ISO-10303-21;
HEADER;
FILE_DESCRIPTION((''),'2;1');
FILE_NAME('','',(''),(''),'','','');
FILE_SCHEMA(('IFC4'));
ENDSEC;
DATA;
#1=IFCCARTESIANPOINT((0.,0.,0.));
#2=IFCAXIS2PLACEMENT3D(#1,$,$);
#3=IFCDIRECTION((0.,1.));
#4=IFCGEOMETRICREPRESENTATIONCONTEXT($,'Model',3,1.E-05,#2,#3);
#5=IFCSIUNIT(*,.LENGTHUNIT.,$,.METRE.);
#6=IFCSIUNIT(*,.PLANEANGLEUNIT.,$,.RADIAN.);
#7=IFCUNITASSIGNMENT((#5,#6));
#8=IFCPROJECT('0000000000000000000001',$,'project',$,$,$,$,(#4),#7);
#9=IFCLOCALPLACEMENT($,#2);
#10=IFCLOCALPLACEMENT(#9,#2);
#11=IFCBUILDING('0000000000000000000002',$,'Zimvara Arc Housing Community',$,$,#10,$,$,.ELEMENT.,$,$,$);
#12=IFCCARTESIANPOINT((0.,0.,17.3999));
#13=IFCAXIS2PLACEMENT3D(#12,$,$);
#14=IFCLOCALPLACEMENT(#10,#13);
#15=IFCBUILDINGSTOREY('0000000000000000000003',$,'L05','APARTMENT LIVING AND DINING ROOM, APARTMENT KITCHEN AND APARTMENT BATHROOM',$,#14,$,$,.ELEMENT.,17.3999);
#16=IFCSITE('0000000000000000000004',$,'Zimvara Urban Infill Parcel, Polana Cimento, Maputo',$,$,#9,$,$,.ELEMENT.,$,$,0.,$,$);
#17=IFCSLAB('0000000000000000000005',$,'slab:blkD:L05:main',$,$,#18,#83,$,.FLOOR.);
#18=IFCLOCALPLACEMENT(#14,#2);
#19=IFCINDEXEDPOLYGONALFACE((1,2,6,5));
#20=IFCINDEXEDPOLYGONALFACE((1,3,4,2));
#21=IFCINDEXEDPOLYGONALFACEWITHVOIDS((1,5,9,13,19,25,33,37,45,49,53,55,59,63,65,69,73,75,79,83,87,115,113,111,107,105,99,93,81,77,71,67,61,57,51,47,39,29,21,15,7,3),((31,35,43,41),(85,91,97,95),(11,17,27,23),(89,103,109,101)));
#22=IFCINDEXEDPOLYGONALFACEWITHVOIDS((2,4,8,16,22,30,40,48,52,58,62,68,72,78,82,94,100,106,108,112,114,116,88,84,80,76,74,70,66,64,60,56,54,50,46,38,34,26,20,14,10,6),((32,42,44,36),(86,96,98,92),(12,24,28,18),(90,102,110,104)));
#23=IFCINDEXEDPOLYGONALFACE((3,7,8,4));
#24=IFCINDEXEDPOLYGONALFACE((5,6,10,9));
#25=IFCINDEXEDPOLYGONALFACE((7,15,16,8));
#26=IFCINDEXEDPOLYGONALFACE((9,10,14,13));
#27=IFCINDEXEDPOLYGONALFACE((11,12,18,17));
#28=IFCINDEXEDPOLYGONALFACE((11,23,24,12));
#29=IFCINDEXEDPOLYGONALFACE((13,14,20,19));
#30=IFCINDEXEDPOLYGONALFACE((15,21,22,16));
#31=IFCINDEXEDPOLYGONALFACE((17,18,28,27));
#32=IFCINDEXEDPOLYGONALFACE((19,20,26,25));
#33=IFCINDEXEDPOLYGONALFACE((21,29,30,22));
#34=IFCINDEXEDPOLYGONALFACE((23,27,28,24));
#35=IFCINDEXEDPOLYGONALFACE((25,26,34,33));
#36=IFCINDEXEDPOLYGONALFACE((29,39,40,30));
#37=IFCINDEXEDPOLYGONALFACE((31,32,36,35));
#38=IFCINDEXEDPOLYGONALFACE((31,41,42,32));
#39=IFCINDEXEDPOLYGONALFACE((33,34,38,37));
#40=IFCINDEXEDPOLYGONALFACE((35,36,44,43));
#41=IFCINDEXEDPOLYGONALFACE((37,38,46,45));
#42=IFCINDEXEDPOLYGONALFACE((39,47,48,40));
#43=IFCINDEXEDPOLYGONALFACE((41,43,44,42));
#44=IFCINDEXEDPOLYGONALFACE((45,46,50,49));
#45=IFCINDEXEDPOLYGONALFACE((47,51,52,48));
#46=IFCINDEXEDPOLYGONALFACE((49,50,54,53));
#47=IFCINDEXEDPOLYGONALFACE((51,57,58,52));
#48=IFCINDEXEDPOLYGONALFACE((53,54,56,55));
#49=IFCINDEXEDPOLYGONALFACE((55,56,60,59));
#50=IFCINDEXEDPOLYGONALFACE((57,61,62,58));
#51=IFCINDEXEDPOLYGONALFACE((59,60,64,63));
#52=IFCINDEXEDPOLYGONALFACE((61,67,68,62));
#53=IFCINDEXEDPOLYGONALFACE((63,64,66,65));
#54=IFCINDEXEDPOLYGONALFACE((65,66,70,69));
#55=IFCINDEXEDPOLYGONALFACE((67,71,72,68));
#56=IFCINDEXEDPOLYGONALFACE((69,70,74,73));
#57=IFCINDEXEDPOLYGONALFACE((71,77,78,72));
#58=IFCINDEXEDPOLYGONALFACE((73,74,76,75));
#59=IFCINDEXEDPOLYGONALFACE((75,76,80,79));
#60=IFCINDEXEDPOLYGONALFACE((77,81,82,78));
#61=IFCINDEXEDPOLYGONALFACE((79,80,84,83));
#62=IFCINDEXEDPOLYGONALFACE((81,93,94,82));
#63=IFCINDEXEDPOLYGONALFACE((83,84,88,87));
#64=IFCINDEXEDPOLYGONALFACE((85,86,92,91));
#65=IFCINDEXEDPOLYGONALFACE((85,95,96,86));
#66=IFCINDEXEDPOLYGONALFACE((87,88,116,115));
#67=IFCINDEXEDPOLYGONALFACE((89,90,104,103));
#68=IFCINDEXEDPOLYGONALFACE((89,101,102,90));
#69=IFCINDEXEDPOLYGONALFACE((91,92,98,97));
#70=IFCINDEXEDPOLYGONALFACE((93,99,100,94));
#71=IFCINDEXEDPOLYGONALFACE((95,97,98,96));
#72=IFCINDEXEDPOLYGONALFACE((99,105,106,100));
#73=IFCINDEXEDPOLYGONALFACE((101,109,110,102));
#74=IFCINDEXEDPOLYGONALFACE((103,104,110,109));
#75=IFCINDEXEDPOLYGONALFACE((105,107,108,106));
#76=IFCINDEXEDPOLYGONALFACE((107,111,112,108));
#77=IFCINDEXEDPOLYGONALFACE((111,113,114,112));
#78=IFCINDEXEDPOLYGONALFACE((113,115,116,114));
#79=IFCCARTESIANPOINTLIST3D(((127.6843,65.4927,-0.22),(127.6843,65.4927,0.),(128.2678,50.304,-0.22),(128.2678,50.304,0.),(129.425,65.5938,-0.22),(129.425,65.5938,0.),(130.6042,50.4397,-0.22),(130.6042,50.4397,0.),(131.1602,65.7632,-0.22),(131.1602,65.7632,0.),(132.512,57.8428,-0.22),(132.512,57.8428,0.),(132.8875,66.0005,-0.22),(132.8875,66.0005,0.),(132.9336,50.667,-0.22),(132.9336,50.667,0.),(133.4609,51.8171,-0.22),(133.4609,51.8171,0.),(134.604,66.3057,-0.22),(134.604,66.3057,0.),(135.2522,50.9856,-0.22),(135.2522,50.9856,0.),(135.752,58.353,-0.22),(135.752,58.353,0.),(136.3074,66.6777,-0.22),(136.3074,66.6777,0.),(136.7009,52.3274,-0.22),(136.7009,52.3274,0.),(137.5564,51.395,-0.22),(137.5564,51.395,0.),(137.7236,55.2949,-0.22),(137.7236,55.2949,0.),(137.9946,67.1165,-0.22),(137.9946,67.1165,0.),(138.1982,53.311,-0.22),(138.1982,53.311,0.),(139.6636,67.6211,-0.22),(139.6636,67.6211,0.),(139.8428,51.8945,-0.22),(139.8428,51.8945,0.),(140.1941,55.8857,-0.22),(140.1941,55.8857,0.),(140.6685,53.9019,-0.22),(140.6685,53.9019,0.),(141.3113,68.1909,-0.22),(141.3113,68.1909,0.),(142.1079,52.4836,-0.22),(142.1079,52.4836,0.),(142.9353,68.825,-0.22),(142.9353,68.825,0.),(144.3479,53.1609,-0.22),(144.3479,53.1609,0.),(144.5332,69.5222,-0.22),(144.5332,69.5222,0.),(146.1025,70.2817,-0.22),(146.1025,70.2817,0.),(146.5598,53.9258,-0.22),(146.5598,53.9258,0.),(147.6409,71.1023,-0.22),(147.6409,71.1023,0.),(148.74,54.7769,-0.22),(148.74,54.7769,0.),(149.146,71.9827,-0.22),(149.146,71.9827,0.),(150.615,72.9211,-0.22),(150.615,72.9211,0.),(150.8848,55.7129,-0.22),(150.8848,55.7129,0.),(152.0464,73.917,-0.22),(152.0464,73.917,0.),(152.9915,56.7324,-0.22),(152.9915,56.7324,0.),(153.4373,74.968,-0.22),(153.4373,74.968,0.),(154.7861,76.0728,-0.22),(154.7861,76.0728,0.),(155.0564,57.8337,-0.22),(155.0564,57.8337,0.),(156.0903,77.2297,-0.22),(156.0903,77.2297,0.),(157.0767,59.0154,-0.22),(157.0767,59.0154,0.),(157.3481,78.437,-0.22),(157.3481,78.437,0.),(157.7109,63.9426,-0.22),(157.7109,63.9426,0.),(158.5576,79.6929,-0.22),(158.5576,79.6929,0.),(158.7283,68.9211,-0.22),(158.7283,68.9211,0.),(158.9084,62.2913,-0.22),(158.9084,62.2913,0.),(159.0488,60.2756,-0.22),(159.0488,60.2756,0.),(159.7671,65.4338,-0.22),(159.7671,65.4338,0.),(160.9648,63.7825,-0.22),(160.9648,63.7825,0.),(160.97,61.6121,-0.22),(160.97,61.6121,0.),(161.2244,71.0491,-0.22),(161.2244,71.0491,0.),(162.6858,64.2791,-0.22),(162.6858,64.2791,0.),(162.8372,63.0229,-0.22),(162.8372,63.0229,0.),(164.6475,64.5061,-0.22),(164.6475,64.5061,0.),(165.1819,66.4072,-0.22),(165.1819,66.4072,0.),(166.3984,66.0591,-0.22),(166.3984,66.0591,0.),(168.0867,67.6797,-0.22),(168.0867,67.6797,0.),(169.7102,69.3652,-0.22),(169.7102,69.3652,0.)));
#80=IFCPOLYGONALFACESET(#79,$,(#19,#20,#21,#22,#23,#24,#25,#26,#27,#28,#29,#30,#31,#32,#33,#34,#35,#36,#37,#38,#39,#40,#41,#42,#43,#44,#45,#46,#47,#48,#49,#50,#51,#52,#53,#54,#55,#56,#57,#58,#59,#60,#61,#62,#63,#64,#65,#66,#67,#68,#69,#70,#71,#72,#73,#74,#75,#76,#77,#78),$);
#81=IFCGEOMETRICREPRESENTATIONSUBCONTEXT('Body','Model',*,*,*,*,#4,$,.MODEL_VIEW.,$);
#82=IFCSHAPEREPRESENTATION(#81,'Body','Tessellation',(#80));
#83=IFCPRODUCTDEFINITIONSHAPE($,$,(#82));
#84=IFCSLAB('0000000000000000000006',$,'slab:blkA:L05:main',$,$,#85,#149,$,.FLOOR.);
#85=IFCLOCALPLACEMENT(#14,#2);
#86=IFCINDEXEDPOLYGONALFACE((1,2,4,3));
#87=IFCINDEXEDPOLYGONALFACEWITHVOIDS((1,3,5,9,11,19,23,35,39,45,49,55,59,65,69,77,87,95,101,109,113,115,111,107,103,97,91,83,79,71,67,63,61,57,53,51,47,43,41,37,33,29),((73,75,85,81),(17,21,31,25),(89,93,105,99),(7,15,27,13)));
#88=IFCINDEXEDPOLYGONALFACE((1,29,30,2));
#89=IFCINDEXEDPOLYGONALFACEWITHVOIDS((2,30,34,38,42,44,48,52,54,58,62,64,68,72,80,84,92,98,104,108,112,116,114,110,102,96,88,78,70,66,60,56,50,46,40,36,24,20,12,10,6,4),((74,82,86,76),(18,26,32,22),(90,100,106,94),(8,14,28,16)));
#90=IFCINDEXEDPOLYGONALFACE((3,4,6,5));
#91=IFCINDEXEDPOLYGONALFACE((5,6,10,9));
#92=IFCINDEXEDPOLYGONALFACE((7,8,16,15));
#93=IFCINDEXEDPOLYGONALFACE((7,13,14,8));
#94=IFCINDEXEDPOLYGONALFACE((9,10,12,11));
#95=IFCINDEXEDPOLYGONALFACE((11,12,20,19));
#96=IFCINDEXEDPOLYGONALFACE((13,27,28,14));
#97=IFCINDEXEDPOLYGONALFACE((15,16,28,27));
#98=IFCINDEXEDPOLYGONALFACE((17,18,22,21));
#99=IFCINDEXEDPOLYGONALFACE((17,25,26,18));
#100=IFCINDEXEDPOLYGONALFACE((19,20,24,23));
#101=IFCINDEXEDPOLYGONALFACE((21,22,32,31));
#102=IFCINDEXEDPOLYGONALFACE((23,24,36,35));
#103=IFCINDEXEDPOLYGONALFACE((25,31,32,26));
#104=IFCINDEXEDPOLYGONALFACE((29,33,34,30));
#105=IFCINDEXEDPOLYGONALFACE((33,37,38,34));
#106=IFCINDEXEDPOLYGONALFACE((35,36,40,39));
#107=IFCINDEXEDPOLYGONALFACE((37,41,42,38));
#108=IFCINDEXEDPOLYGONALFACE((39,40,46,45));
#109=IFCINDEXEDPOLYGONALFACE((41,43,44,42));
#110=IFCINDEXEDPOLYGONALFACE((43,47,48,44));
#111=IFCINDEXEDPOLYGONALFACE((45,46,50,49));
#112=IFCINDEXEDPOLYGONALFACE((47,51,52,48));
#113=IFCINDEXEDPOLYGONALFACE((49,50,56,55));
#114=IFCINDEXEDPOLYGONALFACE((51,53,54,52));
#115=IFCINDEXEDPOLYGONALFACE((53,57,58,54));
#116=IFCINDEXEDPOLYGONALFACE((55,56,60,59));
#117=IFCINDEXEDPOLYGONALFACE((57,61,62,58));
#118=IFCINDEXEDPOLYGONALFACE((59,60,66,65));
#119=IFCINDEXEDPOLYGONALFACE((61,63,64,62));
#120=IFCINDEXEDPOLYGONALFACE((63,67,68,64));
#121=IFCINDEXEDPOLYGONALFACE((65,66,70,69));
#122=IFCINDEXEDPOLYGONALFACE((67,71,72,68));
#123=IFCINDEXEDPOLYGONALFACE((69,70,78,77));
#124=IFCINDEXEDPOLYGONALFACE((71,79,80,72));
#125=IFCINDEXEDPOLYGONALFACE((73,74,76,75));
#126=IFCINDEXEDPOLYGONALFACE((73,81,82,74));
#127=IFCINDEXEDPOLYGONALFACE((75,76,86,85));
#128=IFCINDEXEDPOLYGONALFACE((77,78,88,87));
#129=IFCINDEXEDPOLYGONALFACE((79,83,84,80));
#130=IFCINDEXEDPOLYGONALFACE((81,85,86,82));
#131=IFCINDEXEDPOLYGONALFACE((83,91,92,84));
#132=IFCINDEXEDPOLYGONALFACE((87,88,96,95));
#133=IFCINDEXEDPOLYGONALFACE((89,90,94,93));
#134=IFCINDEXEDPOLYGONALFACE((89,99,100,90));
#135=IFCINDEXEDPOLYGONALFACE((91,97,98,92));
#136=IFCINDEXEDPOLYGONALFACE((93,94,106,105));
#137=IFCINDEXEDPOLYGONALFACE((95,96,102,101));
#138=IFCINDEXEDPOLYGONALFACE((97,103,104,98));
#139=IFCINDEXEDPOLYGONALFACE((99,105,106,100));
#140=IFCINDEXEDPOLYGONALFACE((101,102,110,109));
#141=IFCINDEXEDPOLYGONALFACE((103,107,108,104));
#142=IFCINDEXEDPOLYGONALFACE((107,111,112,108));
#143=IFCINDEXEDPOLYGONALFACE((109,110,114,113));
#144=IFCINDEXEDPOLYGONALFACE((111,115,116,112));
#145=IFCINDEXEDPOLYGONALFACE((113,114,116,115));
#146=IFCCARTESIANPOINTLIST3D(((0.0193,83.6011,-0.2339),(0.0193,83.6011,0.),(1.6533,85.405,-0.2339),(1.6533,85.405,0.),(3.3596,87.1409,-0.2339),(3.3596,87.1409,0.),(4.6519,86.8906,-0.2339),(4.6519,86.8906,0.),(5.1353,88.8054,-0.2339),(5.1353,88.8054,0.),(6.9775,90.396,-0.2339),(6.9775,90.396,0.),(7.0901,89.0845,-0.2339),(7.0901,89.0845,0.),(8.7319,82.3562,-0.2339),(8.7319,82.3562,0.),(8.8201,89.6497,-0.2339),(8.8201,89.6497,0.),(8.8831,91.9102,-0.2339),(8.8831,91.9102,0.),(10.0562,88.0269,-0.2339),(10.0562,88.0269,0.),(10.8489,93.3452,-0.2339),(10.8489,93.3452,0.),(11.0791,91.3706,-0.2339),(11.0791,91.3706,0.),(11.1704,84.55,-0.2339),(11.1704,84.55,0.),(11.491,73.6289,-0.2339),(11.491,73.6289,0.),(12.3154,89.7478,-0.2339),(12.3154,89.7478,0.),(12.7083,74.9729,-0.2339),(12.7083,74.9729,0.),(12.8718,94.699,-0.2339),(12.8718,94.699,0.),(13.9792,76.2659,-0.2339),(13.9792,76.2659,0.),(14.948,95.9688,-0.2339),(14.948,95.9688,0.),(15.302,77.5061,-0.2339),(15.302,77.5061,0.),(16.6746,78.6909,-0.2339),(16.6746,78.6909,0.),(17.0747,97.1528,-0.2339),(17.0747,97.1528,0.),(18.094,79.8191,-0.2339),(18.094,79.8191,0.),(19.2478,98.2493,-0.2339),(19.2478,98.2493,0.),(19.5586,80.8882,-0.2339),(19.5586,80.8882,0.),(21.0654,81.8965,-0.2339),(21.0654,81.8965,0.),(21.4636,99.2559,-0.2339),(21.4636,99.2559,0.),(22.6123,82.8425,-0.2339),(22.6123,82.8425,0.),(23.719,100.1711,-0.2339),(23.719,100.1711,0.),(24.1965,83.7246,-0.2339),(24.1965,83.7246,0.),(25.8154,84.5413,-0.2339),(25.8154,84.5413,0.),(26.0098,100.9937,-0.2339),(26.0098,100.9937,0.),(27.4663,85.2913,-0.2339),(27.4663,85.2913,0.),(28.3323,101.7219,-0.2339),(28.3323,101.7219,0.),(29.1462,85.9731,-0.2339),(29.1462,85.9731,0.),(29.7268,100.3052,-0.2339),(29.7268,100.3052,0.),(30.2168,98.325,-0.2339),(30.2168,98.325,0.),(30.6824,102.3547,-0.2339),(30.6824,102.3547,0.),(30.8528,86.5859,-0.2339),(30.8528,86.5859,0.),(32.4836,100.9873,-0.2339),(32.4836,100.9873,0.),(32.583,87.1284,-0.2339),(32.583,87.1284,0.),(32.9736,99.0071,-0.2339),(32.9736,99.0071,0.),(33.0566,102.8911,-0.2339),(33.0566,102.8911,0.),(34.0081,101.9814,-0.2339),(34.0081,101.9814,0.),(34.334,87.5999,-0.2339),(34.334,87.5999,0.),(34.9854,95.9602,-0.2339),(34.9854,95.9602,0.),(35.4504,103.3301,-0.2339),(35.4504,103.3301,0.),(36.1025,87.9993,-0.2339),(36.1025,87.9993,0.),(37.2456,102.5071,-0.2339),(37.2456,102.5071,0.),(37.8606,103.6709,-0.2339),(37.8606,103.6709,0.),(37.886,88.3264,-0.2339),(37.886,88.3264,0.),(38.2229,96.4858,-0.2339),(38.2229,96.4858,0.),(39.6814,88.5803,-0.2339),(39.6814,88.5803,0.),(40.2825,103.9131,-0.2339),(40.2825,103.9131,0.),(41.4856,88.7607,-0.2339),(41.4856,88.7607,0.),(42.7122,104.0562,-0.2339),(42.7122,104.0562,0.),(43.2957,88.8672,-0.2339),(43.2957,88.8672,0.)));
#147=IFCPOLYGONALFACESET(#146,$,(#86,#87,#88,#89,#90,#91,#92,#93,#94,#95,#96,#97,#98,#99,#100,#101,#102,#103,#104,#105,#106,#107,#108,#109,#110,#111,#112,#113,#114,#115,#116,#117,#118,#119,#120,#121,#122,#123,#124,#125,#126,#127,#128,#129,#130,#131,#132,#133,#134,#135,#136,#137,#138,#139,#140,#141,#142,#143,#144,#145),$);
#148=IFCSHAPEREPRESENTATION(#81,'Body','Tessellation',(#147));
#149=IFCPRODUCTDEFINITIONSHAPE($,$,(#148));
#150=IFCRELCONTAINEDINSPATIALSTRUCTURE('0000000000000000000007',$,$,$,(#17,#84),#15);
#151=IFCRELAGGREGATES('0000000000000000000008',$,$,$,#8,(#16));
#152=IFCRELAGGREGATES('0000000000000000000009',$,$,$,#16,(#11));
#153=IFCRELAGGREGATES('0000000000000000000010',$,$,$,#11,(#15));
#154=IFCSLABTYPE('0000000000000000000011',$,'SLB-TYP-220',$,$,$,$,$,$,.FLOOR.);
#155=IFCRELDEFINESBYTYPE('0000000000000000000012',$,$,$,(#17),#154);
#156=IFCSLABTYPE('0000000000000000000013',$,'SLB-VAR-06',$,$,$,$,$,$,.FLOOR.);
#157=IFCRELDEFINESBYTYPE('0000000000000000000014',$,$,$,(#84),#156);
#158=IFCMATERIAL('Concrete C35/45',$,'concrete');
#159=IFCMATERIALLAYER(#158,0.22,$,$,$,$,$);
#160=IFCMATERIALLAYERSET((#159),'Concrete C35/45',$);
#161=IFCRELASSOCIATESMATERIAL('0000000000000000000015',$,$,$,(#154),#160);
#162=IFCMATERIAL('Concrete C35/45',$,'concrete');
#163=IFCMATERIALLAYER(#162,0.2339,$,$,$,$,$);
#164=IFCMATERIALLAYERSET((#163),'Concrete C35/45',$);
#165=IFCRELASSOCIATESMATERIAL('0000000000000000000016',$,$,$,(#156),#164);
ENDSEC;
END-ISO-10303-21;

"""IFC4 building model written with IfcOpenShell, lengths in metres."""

from ifc_helpers import new_model, si_unit, direction, frame, origin, place, context, subcontext, project, spatial, polyline, outline, extrude, material, layer, layer_set, type_object, element, save


model = new_model("IFC4")

# Units and contexts
model_context = context("Model", 3, precision=1e-05, world=origin(), true_north=direction((0.0, 1.0)))
body_context = subcontext(model_context, "Body", "Model", "MODEL_VIEW")
ifc_project = project(units=[si_unit("LENGTHUNIT", "METRE"), si_unit("PLANEANGLEUNIT", "RADIAN")], contexts=[model_context])

# Site, building, storey
site_placement = place(None, origin())
site = spatial("IfcSite", under=ifc_project, at=site_placement, Name="Zimvara Urban Infill Parcel, Polana Cimento, Maputo", CompositionType="ELEMENT", RefElevation=0.0)
building_placement = place(site_placement, origin())
building = spatial("IfcBuilding", under=site, at=building_placement, Name="Zimvara Arc Housing Community", CompositionType="ELEMENT")
storey_placement = place(building_placement, frame((0.0, 0.0, 17.3999)))
storey = spatial("IfcBuildingStorey", under=building, at=storey_placement, Name="L05", Description="APARTMENT LIVING AND DINING ROOM, APARTMENT KITCHEN AND APARTMENT BATHROOM", CompositionType="ELEMENT", Elevation=17.3999)

# Slabs
ifc_material_1 = material(Name="Concrete C35/45", Category="concrete")
ifc_layer_1 = layer(ifc_material_1, 0.22)
ifc_layer_set_1 = layer_set([ifc_layer_1], Name="Concrete C35/45")
slab_type_1 = type_object("IfcSlabType", Name="SLB-TYP-220", PredefinedType="FLOOR", material=ifc_layer_set_1)
slab_1_placement = place(storey_placement, frame((0.0, 0.0, -0.22)))
element("IfcSlab", 1, at=slab_1_placement, inside=storey, type_object=slab_type_1, Name="slab:blkD:L05:main", PredefinedType="FLOOR", context=body_context, shape_type="SweptSolid", body=[
    extrude(outline(polyline([(128.2678, 50.304), (130.6042, 50.4397), (132.9336, 50.667), (135.2522, 50.9856), (137.5564, 51.395), (139.8428, 51.8945), (142.1079, 52.4836), (144.3479, 53.1609), (146.5598, 53.9258), (148.74, 54.7769), (150.8848, 55.7129), (152.9915, 56.7324), (155.0564, 57.8337), (157.0767, 59.0154), (159.0488, 60.2756), (160.97, 61.6121), (162.8372, 63.0229), (164.6475, 64.5061), (166.3984, 66.0591), (168.0867, 67.6797), (169.7102, 69.3652), (158.5576, 79.6929), (157.3481, 78.437), (156.0903, 77.2297), (154.7861, 76.0728), (153.4373, 74.968), (152.0464, 73.917), (150.615, 72.9211), (149.146, 71.9827), (147.6409, 71.1023), (146.1025, 70.2817), (144.5332, 69.5222), (142.9353, 68.825), (141.3113, 68.1909), (139.6636, 67.6211), (137.9946, 67.1165), (136.3074, 66.6777), (134.604, 66.3057), (132.8875, 66.0005), (131.1602, 65.7632), (129.425, 65.5938), (127.6843, 65.4927), (128.2678, 50.304)]), holes=[polyline([(135.752, 58.353), (136.7009, 52.3274), (133.4609, 51.8171), (132.512, 57.8428), (135.752, 58.353)]), polyline([(161.2244, 71.0491), (165.1819, 66.4072), (162.6858, 64.2791), (158.7283, 68.9211), (161.2244, 71.0491)]), polyline([(140.1941, 55.8857), (140.6685, 53.9019), (138.1982, 53.311), (137.7236, 55.2949), (140.1941, 55.8857)]), polyline([(159.7671, 65.4338), (160.9648, 63.7825), (158.9084, 62.2913), (157.7109, 63.9426), (159.7671, 65.4338)])]), origin(), (0.0, 0.0, 1.0), 0.22),
])
ifc_material_2 = material(Name="Concrete C35/45", Category="concrete")
ifc_layer_2 = layer(ifc_material_2, 0.2339)
ifc_layer_set_2 = layer_set([ifc_layer_2], Name="Concrete C35/45")
slab_type_2 = type_object("IfcSlabType", Name="SLB-VAR-06", PredefinedType="FLOOR", material=ifc_layer_set_2)
slab_2_placement = place(storey_placement, frame((0.0, 0.0, -0.2339)))
element("IfcSlab", 2, at=slab_2_placement, inside=storey, type_object=slab_type_2, Name="slab:blkA:L05:main", PredefinedType="FLOOR", context=body_context, shape_type="SweptSolid", body=[
    extrude(outline(polyline([(11.491, 73.6289), (12.7083, 74.9729), (13.9792, 76.2659), (15.302, 77.5061), (16.6746, 78.6909), (18.094, 79.8191), (19.5586, 80.8882), (21.0654, 81.8965), (22.6123, 82.8425), (24.1965, 83.7246), (25.8154, 84.5413), (27.4663, 85.2913), (29.1462, 85.9731), (30.8528, 86.5859), (32.583, 87.1284), (34.334, 87.5999), (36.1025, 87.9993), (37.886, 88.3264), (39.6814, 88.5803), (41.4856, 88.7607), (43.2957, 88.8672), (42.7122, 104.0562), (40.2825, 103.9131), (37.8606, 103.6709), (35.4504, 103.3301), (33.0566, 102.8911), (30.6824, 102.3547), (28.3323, 101.7219), (26.0098, 100.9937), (23.719, 100.1711), (21.4636, 99.2559), (19.2478, 98.2493), (17.0747, 97.1528), (14.948, 95.9688), (12.8718, 94.699), (10.8489, 93.3452), (8.8831, 91.9102), (6.9775, 90.396), (5.1353, 88.8054), (3.3596, 87.1409), (1.6533, 85.405), (0.0193, 83.6011), (11.491, 73.6289)]), holes=[polyline([(8.7319, 82.3562), (4.6519, 86.8906), (7.0901, 89.0845), (11.1704, 84.55), (8.7319, 82.3562)]), polyline([(34.9854, 95.9602), (34.0081, 101.9814), (37.2456, 102.5071), (38.2229, 96.4858), (34.9854, 95.9602)]), polyline([(10.0562, 88.0269), (8.8201, 89.6497), (11.0791, 91.3706), (12.3154, 89.7478), (10.0562, 88.0269)]), polyline([(30.2168, 98.325), (29.7268, 100.3052), (32.4836, 100.9873), (32.9736, 99.0071), (30.2168, 98.325)])]), origin(), (0.0, 0.0, 1.0), 0.2339),
])

save(model, "model.ifc")
